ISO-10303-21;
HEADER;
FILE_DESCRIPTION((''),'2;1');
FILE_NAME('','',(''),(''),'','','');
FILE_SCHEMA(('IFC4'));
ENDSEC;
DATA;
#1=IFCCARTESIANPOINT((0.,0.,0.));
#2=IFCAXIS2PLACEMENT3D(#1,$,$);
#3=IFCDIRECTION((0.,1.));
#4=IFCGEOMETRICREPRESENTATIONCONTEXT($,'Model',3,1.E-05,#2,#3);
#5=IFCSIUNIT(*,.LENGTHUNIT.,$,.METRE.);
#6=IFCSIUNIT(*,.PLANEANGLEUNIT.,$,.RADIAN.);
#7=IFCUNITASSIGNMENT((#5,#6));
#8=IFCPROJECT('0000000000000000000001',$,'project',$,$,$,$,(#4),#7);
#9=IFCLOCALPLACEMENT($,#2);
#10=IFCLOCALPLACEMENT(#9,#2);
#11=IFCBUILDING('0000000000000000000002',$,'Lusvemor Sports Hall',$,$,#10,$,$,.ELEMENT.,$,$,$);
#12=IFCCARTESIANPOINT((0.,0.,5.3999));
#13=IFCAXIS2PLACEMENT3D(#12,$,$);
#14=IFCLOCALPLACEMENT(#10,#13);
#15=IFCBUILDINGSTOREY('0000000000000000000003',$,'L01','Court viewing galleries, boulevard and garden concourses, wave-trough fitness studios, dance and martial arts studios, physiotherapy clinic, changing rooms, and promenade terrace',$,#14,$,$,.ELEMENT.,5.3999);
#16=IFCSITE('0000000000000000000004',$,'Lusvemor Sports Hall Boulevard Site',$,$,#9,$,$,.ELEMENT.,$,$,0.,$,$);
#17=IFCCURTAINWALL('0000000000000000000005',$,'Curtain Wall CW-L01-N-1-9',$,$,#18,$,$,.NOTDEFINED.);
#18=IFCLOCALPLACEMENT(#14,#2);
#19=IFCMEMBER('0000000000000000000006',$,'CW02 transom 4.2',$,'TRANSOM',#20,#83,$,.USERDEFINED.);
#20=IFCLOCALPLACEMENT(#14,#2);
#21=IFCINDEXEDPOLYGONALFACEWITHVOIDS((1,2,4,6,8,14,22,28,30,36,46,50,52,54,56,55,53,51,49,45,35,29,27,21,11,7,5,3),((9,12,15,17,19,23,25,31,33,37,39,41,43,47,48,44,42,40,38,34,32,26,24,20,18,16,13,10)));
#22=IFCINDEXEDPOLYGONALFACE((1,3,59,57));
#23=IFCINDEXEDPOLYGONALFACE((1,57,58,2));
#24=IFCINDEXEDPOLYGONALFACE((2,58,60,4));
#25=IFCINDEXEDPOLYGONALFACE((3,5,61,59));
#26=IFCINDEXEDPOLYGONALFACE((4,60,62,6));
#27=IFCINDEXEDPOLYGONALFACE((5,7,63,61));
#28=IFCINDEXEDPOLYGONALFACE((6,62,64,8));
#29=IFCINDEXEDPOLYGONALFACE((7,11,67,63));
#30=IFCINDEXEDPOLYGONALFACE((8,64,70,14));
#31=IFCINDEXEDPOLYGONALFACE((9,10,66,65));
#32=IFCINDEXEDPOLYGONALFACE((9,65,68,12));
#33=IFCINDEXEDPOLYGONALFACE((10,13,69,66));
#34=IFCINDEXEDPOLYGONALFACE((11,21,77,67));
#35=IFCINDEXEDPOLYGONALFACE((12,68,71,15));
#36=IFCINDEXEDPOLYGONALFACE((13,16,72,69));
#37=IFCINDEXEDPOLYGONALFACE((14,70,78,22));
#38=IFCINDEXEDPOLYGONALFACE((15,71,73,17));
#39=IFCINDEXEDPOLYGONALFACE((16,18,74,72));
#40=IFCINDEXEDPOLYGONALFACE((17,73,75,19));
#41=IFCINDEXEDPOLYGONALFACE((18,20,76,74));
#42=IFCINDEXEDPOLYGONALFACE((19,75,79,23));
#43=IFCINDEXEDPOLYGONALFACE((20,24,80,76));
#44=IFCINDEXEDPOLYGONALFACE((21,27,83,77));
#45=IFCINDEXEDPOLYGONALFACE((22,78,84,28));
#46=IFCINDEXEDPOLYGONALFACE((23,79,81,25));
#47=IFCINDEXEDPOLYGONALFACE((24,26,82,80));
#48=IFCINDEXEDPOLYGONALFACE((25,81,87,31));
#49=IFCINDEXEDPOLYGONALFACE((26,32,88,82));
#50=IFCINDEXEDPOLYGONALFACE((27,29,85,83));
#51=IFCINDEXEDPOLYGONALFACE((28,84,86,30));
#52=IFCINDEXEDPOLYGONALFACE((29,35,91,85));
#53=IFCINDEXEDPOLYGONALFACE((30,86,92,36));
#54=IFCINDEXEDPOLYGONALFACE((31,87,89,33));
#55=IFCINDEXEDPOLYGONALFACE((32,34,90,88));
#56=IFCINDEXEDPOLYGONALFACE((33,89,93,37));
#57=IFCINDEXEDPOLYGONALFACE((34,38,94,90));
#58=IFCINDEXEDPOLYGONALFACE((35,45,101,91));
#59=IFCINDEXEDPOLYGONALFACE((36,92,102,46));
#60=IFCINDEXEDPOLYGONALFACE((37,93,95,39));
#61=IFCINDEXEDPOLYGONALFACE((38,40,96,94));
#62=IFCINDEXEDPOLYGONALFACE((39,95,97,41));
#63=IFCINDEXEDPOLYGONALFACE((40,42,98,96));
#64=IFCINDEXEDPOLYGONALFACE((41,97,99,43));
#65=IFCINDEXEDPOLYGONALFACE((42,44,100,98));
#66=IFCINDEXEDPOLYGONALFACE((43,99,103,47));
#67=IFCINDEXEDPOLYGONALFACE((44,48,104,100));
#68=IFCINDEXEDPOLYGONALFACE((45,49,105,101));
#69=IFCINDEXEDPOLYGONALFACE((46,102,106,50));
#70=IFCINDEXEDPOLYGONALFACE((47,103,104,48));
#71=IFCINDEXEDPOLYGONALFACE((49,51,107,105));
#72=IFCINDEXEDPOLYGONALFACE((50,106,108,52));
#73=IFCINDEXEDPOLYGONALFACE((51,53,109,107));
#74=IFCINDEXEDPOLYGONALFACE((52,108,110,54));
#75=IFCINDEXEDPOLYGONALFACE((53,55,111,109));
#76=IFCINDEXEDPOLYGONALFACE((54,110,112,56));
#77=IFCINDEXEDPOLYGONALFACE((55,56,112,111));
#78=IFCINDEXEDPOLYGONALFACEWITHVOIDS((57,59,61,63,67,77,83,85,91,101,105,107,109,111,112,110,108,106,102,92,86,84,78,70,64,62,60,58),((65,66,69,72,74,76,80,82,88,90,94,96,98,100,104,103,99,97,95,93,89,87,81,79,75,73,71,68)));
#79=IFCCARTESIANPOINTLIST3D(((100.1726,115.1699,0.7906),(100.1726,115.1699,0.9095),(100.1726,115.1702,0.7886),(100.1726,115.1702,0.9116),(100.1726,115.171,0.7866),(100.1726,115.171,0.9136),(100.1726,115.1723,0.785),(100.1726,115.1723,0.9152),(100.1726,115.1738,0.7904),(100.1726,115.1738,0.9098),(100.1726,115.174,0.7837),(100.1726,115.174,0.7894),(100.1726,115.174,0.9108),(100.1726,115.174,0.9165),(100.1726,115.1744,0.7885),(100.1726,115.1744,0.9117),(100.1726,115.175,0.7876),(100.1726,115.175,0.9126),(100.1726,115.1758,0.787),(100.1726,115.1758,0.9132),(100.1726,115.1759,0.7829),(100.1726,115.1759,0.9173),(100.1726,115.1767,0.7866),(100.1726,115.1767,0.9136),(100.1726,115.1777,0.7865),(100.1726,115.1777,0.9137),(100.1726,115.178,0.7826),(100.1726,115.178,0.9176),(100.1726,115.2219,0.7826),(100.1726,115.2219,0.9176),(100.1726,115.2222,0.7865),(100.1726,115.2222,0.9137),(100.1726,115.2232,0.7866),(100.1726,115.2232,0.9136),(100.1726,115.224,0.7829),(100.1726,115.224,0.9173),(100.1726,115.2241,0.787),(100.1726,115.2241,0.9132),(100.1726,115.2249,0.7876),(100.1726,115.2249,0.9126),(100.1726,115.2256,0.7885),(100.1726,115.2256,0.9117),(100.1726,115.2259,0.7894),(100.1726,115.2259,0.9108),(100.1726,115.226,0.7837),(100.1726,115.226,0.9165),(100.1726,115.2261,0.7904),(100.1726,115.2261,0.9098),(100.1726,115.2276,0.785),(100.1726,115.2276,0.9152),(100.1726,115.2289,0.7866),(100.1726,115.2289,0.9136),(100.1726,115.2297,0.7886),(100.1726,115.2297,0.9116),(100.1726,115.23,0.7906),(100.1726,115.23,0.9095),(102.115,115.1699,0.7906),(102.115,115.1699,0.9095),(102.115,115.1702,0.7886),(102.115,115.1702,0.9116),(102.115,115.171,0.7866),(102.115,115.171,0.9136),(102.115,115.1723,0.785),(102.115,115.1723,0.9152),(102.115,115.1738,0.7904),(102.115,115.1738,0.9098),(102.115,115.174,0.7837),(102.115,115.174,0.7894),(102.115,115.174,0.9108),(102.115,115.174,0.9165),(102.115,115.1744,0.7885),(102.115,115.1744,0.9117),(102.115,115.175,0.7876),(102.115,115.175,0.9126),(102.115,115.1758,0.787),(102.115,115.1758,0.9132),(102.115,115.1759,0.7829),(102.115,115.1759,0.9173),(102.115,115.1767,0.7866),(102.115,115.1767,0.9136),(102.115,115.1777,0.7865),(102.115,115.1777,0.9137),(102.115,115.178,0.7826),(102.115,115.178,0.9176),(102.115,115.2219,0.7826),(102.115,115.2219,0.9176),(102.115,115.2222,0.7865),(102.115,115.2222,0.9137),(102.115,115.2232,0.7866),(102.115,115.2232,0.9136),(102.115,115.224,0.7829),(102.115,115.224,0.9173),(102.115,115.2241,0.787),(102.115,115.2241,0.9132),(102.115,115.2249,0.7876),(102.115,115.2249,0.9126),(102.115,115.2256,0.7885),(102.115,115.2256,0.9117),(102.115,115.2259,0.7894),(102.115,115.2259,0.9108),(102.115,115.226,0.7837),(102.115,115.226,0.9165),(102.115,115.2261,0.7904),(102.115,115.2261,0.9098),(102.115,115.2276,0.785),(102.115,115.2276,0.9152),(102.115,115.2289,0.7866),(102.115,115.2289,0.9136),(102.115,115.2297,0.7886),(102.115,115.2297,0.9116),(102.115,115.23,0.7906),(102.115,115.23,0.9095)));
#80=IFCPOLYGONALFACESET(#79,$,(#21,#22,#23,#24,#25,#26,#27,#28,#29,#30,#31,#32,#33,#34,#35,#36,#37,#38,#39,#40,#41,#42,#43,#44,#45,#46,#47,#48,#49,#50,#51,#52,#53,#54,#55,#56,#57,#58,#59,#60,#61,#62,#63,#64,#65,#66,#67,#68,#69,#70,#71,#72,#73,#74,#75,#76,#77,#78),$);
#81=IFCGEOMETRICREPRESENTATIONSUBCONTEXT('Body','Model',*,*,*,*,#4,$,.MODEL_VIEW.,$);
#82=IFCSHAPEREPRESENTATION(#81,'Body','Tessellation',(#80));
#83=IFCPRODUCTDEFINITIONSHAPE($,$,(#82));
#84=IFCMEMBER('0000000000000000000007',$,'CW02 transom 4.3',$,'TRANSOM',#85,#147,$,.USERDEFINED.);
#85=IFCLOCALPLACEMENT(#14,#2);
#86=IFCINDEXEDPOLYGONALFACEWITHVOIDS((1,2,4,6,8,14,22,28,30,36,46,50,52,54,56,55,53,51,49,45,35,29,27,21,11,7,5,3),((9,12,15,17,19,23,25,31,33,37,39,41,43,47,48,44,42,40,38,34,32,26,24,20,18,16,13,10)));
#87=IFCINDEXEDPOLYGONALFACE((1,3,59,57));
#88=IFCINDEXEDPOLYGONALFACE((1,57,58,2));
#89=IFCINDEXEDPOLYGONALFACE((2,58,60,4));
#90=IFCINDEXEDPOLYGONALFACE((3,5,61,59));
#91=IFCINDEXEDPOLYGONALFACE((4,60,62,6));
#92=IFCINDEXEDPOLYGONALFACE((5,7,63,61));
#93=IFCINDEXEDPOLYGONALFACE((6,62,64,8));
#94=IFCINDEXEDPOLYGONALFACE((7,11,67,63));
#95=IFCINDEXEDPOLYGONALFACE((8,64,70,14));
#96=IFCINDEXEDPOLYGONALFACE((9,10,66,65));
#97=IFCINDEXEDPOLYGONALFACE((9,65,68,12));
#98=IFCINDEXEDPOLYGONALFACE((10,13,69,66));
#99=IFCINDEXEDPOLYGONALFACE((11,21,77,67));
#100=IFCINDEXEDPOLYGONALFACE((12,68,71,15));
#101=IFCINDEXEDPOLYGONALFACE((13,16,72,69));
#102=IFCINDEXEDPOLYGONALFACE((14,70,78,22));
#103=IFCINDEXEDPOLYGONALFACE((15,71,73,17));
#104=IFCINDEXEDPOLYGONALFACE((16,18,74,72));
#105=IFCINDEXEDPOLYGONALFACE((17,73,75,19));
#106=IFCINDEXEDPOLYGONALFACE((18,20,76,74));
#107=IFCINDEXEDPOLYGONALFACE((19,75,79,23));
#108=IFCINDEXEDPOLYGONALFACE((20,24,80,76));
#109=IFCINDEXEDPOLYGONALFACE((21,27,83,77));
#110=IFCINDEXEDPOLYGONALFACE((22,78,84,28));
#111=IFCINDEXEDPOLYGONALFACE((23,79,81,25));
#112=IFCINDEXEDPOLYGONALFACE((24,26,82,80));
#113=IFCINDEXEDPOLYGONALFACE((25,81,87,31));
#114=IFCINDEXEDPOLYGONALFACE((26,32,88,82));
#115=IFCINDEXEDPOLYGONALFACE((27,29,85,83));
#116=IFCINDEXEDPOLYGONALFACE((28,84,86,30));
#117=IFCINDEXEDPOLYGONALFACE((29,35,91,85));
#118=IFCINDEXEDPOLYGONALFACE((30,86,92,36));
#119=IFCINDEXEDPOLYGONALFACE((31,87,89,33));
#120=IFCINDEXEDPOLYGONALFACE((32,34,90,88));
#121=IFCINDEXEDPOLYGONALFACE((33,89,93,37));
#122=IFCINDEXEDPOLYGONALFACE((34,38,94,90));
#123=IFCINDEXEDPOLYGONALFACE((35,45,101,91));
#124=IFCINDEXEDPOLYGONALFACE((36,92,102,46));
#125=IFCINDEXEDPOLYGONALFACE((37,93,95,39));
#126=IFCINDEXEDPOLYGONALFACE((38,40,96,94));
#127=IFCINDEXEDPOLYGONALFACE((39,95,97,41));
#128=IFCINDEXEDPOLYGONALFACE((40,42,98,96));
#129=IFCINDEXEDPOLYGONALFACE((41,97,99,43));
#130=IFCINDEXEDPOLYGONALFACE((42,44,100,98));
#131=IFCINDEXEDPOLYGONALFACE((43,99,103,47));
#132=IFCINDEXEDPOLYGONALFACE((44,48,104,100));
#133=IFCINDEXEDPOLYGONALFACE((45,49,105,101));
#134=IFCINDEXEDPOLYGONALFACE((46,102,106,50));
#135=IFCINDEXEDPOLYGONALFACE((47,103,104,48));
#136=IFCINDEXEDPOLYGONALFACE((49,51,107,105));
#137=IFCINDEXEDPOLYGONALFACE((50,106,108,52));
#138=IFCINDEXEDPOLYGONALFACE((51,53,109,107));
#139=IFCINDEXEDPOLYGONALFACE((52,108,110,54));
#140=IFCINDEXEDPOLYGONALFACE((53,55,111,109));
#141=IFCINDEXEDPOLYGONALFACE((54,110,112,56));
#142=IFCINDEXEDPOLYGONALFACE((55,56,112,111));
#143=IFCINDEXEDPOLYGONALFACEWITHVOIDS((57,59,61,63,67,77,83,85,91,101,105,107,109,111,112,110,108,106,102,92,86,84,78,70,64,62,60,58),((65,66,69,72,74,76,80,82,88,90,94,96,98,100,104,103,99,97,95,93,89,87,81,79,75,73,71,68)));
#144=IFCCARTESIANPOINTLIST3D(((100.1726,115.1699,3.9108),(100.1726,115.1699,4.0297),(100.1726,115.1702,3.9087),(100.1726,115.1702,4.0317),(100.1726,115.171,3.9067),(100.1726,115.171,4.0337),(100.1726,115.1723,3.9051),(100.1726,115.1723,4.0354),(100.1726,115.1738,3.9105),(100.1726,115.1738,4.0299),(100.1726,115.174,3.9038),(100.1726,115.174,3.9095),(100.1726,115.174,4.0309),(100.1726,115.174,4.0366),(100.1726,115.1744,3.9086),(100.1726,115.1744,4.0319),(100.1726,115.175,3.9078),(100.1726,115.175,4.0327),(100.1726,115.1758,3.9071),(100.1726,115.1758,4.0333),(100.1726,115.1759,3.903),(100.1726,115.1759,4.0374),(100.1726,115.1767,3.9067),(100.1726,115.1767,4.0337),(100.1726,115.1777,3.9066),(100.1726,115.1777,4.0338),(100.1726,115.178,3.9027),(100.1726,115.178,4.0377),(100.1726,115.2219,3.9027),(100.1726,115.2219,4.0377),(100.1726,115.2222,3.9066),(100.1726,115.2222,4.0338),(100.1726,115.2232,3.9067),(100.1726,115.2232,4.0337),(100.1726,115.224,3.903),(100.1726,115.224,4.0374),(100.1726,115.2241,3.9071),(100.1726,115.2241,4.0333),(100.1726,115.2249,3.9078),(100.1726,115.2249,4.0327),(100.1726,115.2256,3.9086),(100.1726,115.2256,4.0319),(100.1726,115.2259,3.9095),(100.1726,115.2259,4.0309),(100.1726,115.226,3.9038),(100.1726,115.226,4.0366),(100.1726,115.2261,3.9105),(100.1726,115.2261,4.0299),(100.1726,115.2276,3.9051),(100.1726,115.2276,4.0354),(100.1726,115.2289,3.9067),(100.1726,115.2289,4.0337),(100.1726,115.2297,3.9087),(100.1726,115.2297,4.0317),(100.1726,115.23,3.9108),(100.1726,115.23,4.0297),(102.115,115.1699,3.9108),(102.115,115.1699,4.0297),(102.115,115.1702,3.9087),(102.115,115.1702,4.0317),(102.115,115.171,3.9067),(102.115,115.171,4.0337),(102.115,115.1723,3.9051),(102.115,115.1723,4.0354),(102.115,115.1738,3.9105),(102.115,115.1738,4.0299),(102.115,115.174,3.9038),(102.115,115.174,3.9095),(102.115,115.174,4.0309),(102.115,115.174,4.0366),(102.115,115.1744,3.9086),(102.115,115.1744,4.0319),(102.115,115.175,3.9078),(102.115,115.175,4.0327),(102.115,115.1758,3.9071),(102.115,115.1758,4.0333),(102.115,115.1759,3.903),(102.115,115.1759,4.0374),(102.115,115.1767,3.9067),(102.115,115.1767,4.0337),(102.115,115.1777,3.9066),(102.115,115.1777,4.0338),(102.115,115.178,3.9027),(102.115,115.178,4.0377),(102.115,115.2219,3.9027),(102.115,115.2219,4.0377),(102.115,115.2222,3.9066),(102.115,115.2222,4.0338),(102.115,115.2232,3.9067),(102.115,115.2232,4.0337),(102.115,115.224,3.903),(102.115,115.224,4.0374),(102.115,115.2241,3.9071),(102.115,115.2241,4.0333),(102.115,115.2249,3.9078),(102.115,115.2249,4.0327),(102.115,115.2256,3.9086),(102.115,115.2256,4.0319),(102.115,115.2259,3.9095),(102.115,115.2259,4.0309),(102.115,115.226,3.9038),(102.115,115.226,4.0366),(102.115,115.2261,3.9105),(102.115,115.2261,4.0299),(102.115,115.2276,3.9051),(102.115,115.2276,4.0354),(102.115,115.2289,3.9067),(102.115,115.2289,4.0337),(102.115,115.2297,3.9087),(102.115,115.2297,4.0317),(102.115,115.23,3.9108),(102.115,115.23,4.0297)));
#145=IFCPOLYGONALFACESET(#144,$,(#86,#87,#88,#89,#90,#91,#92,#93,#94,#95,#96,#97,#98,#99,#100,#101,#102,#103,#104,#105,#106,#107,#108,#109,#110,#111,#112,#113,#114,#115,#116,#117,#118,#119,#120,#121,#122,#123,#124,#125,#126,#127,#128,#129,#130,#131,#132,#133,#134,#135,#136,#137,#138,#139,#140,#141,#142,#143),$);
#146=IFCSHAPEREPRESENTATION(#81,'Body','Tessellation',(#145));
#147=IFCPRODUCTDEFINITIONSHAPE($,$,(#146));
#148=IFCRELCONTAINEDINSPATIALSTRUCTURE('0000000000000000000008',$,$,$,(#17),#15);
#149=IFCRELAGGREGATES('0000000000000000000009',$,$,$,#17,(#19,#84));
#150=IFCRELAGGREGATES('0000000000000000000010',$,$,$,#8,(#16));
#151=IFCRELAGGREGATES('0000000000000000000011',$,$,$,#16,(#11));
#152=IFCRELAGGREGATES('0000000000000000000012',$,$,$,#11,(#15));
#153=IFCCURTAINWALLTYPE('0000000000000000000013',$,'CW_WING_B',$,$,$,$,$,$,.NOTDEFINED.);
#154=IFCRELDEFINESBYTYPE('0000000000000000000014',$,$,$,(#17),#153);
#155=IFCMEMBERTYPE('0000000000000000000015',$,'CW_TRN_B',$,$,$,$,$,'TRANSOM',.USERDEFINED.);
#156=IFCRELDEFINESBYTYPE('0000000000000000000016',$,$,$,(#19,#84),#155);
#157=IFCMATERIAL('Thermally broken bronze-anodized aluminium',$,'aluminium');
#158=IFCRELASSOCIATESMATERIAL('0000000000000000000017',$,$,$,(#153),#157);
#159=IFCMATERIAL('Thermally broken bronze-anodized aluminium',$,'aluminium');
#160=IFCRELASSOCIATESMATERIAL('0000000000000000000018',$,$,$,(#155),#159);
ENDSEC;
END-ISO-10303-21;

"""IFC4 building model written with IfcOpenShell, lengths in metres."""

from ifc_helpers import new_model, si_unit, direction, frame, origin, origin_2d, place, context, subcontext, project, spatial, hollow_rectangle, extrude, material, material_profile, profile_set, type_object, element, aggregate, save


model = new_model("IFC4")

# Units and contexts
model_context = context("Model", 3, precision=1e-05, world=origin(), true_north=direction((0.0, 1.0)))
body_context = subcontext(model_context, "Body", "Model", "MODEL_VIEW")
ifc_project = project(units=[si_unit("LENGTHUNIT", "METRE"), si_unit("PLANEANGLEUNIT", "RADIAN")], contexts=[model_context])

# Site, building, storey
site_placement = place(None, origin())
site = spatial("IfcSite", under=ifc_project, at=site_placement, Name="Lusvemor Sports Hall Boulevard Site", CompositionType="ELEMENT", RefElevation=0.0)
building_placement = place(site_placement, origin())
building = spatial("IfcBuilding", under=site, at=building_placement, Name="Lusvemor Sports Hall", CompositionType="ELEMENT")
storey_placement = place(building_placement, frame((0.0, 0.0, 5.3999)))
storey = spatial("IfcBuildingStorey", under=building, at=storey_placement, Name="L01", Description="Court viewing galleries, boulevard and garden concourses, wave-trough fitness studios, dance and martial arts studios, physiotherapy clinic, changing rooms, and promenade terrace", CompositionType="ELEMENT", Elevation=5.3999)

# Curtain wall, members
ifc_material_1 = material(Name="Thermally broken bronze-anodized aluminium", Category="aluminium")
curtain_wall_type = type_object("IfcCurtainWallType", Name="CW_WING_B", PredefinedType="NOTDEFINED", material=ifc_material_1)
curtain_wall_placement = place(storey_placement, origin())
curtain_wall = element("IfcCurtainWall", 1, at=curtain_wall_placement, inside=storey, type_object=curtain_wall_type, Name="Curtain Wall CW-L01-N-1-9", PredefinedType="NOTDEFINED")
ifc_material_2 = material(Name="Thermally broken bronze-anodized aluminium", Category="aluminium")
ifc_material_profile_1 = material_profile(ifc_material_2, hollow_rectangle(XDim=0.0601, YDim=0.135, WallThickness=0.0039, InnerFilletRadius=0.0039, OuterFilletRadius=0.0081, at=origin_2d()), Name="CWTRN135x60x4")
ifc_profile_set_1 = profile_set([ifc_material_profile_1], Name="Thermally broken bronze-anodized aluminium")
member_type_1 = type_object("IfcMemberType", Name="CW_TRN_B", ElementType="TRANSOM", PredefinedType="USERDEFINED", material=ifc_profile_set_1)
member_1_placement = place(storey_placement, frame((100.1726, 115.2, 0.8501), z_axis=(1.0, 0.0, 0.0), x_axis=(0.0, 1.0, 0.0)))
member_1 = element("IfcMember", 2, at=member_1_placement, type_object=member_type_1, Name="CW02 transom 4.2", ObjectType="TRANSOM", PredefinedType="USERDEFINED", context=body_context, shape_type="SweptSolid", body=[
    extrude(hollow_rectangle(XDim=0.0601, YDim=0.135, WallThickness=0.0039, InnerFilletRadius=0.0039, OuterFilletRadius=0.0081, at=origin_2d()), origin(), (0.0, 0.0, 1.0), 1.9424),
])
member_2_placement = place(storey_placement, frame((100.1726, 115.2, 3.9702), z_axis=(1.0, 0.0, 0.0), x_axis=(0.0, 1.0, 0.0)))
member_2 = element("IfcMember", 3, at=member_2_placement, type_object=member_type_1, Name="CW02 transom 4.3", ObjectType="TRANSOM", PredefinedType="USERDEFINED", context=body_context, shape_type="SweptSolid", body=[
    extrude(hollow_rectangle(XDim=0.0601, YDim=0.135, WallThickness=0.0039, InnerFilletRadius=0.0039, OuterFilletRadius=0.0081, at=origin_2d()), origin(), (0.0, 0.0, 1.0), 1.9424),
])

aggregate(curtain_wall, [member_1, member_2])

save(model, "model.ifc")
